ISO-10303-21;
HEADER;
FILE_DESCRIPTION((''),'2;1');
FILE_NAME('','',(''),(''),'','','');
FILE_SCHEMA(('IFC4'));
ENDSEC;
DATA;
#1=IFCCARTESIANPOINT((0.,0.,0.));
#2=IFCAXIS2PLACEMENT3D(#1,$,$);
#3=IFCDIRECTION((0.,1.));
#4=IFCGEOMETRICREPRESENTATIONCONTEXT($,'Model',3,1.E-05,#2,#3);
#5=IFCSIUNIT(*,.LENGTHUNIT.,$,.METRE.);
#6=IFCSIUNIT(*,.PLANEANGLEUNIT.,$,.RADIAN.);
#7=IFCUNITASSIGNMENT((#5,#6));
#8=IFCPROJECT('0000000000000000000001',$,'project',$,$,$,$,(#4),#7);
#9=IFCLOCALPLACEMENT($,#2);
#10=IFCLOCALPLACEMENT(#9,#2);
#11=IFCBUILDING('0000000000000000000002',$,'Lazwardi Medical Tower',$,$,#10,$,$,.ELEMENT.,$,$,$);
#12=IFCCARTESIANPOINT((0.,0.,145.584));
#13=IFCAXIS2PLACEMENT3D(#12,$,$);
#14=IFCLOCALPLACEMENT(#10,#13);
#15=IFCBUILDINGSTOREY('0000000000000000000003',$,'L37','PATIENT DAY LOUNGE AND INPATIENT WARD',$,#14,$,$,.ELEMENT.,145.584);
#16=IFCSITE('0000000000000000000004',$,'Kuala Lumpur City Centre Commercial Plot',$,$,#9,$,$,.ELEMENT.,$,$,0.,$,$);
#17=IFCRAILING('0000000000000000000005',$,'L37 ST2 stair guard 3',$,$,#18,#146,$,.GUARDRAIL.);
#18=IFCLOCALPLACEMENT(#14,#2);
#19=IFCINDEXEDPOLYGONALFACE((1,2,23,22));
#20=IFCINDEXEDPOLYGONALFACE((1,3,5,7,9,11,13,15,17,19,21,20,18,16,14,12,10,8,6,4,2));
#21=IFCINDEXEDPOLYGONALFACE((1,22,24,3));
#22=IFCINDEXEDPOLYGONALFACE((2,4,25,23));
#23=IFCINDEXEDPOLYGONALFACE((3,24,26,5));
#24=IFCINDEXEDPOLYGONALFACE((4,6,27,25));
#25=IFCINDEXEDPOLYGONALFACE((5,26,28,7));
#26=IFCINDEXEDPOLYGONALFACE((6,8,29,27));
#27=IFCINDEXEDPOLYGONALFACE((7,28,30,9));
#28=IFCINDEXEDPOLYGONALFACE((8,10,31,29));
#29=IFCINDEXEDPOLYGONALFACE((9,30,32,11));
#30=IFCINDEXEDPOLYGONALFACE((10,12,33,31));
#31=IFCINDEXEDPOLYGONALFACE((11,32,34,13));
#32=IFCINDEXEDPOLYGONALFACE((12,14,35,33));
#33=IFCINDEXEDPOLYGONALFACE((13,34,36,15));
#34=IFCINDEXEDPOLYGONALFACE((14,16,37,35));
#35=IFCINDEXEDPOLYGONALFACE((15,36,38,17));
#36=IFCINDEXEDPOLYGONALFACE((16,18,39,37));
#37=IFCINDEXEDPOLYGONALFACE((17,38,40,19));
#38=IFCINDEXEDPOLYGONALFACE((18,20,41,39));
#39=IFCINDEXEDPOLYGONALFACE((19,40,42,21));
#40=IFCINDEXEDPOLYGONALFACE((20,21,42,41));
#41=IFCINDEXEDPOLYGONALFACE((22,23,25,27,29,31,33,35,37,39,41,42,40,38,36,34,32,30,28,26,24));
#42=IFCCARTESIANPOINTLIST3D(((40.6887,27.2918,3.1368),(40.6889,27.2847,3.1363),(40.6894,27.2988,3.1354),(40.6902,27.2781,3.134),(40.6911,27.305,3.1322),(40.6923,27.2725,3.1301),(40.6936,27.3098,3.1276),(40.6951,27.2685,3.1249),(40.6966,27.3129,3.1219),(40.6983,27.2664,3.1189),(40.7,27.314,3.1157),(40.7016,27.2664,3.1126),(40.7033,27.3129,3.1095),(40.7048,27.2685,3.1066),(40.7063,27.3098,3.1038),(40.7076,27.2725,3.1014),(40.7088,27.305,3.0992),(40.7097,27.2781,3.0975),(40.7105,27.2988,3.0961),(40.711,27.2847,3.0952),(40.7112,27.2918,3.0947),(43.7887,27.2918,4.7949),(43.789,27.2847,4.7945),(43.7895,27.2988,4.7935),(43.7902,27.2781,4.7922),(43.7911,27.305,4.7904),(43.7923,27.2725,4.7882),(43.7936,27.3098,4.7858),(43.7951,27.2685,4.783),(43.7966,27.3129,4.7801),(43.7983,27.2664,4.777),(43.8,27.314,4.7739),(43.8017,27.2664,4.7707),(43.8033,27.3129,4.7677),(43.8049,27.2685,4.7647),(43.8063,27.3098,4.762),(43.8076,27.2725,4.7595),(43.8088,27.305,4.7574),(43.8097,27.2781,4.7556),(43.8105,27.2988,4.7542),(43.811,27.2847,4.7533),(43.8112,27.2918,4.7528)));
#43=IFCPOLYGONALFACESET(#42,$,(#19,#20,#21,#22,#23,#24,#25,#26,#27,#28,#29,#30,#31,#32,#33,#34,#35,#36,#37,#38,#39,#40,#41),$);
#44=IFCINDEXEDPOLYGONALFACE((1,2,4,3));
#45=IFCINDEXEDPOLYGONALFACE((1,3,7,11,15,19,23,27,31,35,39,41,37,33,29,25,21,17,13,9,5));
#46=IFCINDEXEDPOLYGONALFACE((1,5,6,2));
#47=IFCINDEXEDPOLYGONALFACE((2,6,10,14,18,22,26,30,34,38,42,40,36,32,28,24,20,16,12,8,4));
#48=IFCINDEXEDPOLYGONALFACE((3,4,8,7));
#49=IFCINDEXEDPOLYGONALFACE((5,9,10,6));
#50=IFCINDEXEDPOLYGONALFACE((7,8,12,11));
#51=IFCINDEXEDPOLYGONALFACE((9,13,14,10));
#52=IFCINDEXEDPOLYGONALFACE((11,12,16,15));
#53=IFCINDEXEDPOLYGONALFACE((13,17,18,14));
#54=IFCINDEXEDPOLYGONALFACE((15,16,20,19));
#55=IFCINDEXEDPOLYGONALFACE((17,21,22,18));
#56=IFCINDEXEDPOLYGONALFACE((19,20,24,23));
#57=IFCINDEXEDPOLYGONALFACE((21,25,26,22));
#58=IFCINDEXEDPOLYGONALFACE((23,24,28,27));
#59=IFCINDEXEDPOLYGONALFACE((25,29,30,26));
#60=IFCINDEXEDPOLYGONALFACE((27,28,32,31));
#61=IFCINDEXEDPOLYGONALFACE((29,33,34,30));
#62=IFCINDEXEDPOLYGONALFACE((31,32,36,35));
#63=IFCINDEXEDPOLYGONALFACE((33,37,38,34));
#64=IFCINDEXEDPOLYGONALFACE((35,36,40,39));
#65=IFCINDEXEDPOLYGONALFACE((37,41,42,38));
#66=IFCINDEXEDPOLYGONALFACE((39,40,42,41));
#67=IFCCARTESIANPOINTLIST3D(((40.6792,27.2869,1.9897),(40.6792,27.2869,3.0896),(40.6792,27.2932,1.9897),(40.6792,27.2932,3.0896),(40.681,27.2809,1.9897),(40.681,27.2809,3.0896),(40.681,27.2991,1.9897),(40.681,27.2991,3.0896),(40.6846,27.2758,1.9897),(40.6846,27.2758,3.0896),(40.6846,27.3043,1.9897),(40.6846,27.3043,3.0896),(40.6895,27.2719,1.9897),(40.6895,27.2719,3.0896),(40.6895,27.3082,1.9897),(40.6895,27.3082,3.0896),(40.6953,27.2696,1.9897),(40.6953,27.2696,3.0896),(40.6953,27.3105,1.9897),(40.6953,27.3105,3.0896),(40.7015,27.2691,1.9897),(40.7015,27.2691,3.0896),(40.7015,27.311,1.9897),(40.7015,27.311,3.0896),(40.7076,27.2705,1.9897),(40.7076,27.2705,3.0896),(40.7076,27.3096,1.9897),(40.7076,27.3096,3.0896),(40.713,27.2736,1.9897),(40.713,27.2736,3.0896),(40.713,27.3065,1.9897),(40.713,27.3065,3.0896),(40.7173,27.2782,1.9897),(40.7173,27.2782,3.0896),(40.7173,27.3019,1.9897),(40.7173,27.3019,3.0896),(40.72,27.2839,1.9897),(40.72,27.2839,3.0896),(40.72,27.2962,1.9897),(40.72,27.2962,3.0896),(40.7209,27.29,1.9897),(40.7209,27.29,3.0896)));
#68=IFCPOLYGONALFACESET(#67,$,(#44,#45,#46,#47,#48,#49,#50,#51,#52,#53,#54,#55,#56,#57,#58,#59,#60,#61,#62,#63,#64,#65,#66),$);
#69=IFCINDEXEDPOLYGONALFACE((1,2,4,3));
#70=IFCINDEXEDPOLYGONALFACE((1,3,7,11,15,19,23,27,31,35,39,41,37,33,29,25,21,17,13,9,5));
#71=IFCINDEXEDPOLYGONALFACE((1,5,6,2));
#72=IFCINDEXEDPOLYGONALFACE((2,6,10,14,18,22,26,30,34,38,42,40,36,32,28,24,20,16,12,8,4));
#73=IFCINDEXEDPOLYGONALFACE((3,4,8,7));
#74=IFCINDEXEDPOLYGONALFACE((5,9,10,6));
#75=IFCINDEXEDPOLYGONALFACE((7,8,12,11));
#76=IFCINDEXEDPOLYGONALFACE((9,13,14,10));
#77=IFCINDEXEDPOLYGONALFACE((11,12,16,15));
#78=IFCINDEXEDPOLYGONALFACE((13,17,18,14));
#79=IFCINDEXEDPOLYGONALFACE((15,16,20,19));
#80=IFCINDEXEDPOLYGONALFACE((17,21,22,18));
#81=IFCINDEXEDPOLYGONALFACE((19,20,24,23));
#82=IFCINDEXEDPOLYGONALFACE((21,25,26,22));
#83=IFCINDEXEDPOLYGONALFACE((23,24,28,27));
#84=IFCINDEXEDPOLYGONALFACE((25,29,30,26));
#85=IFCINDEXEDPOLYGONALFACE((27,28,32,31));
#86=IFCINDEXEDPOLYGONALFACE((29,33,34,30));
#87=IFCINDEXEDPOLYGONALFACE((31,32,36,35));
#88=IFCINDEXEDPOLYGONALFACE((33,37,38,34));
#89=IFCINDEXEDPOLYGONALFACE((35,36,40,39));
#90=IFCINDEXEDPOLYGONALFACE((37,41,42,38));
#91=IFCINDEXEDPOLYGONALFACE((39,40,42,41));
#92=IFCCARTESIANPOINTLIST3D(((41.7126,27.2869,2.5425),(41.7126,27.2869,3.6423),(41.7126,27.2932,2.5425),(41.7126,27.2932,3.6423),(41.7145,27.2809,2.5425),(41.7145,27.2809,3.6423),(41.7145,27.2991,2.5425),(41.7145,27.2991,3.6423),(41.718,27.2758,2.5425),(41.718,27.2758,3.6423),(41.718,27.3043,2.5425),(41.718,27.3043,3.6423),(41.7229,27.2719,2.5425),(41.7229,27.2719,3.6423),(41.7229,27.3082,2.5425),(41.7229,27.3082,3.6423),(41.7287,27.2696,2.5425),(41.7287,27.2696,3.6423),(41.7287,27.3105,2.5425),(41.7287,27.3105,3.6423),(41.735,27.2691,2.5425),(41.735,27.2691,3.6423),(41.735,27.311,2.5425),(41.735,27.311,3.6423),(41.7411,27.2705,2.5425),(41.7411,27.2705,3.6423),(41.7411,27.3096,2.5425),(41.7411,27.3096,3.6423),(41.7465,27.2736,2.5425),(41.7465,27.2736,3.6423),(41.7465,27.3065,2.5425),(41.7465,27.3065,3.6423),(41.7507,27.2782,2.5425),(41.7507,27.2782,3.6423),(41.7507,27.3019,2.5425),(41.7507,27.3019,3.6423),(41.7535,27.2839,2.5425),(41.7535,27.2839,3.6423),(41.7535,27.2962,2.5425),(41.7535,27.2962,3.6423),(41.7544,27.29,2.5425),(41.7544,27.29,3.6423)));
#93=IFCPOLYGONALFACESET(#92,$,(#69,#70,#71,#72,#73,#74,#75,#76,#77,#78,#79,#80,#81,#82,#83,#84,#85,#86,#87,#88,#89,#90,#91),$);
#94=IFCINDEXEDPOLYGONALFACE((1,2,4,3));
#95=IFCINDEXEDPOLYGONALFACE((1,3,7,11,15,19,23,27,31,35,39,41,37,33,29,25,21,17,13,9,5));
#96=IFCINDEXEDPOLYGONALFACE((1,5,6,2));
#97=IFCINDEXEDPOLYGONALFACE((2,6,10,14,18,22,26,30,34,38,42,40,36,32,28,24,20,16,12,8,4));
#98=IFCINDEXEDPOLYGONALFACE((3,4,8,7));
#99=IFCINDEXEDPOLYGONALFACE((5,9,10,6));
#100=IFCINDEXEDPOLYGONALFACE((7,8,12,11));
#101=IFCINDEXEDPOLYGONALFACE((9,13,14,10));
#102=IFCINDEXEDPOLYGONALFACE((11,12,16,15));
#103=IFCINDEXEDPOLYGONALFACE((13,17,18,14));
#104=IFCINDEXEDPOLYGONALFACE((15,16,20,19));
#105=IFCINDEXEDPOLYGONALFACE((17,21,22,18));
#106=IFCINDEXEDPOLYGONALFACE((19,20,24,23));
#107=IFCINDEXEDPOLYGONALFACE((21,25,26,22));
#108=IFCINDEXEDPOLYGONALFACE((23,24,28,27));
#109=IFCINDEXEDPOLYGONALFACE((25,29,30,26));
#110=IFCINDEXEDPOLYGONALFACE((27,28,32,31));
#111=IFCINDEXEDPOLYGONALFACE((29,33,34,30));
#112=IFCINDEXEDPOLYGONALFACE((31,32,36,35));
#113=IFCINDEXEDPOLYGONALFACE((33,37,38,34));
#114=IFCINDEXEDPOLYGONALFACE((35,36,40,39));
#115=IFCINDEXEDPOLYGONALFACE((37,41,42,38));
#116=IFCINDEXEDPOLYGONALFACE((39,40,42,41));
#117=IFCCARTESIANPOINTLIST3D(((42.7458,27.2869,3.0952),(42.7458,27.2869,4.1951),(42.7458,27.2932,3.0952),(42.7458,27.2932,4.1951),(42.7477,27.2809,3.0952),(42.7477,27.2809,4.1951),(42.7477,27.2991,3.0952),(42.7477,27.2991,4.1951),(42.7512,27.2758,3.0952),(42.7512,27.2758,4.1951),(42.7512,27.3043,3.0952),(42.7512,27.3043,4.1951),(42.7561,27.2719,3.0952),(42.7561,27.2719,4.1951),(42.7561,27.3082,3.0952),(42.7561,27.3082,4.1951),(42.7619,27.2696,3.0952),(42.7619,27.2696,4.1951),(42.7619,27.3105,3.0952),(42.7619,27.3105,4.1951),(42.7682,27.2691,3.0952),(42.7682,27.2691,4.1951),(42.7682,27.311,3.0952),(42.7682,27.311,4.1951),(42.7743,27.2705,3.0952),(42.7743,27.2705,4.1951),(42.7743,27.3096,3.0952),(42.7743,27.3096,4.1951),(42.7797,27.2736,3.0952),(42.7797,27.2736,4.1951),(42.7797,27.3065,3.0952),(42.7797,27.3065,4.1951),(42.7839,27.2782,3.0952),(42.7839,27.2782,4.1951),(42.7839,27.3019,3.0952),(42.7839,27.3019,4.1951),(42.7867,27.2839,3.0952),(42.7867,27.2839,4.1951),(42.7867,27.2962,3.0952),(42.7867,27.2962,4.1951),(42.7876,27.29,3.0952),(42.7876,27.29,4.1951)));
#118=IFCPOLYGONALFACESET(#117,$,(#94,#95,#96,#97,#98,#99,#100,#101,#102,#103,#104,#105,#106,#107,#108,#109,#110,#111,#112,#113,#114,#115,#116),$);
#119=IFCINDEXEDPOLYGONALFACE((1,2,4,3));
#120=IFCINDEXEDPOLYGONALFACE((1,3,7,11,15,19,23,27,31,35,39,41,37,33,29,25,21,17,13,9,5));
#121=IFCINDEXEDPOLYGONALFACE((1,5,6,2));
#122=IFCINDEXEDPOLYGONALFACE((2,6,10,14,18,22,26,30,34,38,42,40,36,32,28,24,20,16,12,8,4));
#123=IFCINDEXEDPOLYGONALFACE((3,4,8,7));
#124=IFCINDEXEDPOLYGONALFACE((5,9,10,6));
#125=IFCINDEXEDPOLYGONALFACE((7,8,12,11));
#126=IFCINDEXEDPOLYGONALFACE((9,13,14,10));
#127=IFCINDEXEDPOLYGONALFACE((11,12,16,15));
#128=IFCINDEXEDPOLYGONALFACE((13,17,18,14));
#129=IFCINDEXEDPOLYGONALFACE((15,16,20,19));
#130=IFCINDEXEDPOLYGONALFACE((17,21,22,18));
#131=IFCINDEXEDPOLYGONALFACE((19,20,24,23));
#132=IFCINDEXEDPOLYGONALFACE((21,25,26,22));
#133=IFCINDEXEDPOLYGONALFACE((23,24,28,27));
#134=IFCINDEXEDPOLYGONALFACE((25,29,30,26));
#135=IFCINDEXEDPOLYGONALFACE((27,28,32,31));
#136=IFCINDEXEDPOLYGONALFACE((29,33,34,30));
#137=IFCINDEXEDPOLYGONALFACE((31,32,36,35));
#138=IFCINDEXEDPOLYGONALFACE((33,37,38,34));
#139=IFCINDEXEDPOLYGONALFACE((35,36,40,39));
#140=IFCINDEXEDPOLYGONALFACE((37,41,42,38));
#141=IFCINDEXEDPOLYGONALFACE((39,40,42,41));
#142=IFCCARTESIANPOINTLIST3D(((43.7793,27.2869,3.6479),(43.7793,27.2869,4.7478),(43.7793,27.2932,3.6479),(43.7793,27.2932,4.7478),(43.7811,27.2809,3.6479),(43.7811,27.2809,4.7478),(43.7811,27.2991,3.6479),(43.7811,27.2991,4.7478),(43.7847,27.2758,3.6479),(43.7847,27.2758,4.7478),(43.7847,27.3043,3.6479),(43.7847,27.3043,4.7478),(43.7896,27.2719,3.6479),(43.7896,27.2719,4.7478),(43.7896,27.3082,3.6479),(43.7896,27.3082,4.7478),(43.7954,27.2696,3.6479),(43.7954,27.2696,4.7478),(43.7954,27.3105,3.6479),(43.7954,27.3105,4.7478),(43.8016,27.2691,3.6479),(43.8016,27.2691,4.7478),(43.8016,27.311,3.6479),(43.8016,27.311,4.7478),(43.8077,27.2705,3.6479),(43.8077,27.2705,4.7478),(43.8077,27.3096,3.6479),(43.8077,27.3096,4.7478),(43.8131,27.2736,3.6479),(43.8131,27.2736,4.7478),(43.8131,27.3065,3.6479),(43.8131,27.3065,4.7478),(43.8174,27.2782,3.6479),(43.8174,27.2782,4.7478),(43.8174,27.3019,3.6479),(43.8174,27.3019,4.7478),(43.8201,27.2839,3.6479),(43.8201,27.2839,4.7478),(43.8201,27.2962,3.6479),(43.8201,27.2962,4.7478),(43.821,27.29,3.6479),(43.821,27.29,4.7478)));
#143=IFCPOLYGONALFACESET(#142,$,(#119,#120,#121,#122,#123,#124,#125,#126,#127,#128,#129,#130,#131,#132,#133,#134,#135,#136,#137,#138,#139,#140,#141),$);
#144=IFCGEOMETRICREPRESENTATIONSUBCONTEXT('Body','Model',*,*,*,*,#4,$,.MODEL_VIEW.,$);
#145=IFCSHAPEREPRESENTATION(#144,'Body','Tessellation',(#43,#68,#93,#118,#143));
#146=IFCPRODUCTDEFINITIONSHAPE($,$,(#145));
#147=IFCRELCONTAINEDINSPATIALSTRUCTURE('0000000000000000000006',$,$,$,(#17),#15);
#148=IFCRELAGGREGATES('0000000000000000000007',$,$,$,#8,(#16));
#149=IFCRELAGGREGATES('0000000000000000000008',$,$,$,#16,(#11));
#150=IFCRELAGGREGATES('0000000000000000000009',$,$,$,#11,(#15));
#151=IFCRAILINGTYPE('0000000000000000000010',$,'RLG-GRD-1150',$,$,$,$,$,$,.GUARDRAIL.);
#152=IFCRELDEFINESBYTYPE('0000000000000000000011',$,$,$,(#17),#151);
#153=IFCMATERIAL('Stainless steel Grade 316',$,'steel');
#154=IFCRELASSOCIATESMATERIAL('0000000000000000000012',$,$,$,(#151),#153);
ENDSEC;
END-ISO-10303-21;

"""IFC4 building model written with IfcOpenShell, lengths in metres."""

from ifc_helpers import new_model, si_unit, direction, frame, origin, origin_2d, place, context, subcontext, project, spatial, circle, extrude, material, type_object, element, save


model = new_model("IFC4")

# Units and contexts
model_context = context("Model", 3, precision=1e-05, world=origin(), true_north=direction((0.0, 1.0)))
body_context = subcontext(model_context, "Body", "Model", "MODEL_VIEW")
ifc_project = project(units=[si_unit("LENGTHUNIT", "METRE"), si_unit("PLANEANGLEUNIT", "RADIAN")], contexts=[model_context])

# Site, building, storey
site_placement = place(None, origin())
site = spatial("IfcSite", under=ifc_project, at=site_placement, Name="Kuala Lumpur City Centre Commercial Plot", CompositionType="ELEMENT", RefElevation=0.0)
building_placement = place(site_placement, origin())
building = spatial("IfcBuilding", under=site, at=building_placement, Name="Lazwardi Medical Tower", CompositionType="ELEMENT")
storey_placement = place(building_placement, frame((0.0, 0.0, 145.584)))
storey = spatial("IfcBuildingStorey", under=building, at=storey_placement, Name="L37", Description="PATIENT DAY LOUNGE AND INPATIENT WARD", CompositionType="ELEMENT", Elevation=145.584)

# Railing
ifc_material_1 = material(Name="Stainless steel Grade 316", Category="steel")
railing_type_1 = type_object("IfcRailingType", Name="RLG-GRD-1150", PredefinedType="GUARDRAIL", material=ifc_material_1)
railing_1_placement = place(storey_placement, frame((40.7, 27.29, 1.9897)))
element("IfcRailing", 1, at=railing_1_placement, inside=storey, type_object=railing_type_1, Name="L37 ST2 stair guard 3", PredefinedType="GUARDRAIL", context=body_context, shape_type="SweptSolid", body=[
    extrude(circle(Radius=0.0239, at=origin_2d()), frame((0.0, 0.0, 1.126), z_axis=(0.881783, 0.0, 0.471655), x_axis=(0.0, 1.0, 0.0)), (0.0, 0.0, 1.0), 3.5156),
    extrude(circle(Radius=0.021, at=origin_2d()), origin(), (0.0, 0.0, 1.0), 1.0999),
    extrude(circle(Radius=0.021, at=origin_2d()), frame((1.0334, 0.0, 0.5527)), (0.0, 0.0, 1.0), 1.0999),
    extrude(circle(Radius=0.021, at=origin_2d()), frame((2.0667, 0.0, 1.1055)), (0.0, 0.0, 1.0), 1.0999),
    extrude(circle(Radius=0.021, at=origin_2d()), frame((3.1001, 0.0, 1.6582)), (0.0, 0.0, 1.0), 1.0999),
])

save(model, "model.ifc")
